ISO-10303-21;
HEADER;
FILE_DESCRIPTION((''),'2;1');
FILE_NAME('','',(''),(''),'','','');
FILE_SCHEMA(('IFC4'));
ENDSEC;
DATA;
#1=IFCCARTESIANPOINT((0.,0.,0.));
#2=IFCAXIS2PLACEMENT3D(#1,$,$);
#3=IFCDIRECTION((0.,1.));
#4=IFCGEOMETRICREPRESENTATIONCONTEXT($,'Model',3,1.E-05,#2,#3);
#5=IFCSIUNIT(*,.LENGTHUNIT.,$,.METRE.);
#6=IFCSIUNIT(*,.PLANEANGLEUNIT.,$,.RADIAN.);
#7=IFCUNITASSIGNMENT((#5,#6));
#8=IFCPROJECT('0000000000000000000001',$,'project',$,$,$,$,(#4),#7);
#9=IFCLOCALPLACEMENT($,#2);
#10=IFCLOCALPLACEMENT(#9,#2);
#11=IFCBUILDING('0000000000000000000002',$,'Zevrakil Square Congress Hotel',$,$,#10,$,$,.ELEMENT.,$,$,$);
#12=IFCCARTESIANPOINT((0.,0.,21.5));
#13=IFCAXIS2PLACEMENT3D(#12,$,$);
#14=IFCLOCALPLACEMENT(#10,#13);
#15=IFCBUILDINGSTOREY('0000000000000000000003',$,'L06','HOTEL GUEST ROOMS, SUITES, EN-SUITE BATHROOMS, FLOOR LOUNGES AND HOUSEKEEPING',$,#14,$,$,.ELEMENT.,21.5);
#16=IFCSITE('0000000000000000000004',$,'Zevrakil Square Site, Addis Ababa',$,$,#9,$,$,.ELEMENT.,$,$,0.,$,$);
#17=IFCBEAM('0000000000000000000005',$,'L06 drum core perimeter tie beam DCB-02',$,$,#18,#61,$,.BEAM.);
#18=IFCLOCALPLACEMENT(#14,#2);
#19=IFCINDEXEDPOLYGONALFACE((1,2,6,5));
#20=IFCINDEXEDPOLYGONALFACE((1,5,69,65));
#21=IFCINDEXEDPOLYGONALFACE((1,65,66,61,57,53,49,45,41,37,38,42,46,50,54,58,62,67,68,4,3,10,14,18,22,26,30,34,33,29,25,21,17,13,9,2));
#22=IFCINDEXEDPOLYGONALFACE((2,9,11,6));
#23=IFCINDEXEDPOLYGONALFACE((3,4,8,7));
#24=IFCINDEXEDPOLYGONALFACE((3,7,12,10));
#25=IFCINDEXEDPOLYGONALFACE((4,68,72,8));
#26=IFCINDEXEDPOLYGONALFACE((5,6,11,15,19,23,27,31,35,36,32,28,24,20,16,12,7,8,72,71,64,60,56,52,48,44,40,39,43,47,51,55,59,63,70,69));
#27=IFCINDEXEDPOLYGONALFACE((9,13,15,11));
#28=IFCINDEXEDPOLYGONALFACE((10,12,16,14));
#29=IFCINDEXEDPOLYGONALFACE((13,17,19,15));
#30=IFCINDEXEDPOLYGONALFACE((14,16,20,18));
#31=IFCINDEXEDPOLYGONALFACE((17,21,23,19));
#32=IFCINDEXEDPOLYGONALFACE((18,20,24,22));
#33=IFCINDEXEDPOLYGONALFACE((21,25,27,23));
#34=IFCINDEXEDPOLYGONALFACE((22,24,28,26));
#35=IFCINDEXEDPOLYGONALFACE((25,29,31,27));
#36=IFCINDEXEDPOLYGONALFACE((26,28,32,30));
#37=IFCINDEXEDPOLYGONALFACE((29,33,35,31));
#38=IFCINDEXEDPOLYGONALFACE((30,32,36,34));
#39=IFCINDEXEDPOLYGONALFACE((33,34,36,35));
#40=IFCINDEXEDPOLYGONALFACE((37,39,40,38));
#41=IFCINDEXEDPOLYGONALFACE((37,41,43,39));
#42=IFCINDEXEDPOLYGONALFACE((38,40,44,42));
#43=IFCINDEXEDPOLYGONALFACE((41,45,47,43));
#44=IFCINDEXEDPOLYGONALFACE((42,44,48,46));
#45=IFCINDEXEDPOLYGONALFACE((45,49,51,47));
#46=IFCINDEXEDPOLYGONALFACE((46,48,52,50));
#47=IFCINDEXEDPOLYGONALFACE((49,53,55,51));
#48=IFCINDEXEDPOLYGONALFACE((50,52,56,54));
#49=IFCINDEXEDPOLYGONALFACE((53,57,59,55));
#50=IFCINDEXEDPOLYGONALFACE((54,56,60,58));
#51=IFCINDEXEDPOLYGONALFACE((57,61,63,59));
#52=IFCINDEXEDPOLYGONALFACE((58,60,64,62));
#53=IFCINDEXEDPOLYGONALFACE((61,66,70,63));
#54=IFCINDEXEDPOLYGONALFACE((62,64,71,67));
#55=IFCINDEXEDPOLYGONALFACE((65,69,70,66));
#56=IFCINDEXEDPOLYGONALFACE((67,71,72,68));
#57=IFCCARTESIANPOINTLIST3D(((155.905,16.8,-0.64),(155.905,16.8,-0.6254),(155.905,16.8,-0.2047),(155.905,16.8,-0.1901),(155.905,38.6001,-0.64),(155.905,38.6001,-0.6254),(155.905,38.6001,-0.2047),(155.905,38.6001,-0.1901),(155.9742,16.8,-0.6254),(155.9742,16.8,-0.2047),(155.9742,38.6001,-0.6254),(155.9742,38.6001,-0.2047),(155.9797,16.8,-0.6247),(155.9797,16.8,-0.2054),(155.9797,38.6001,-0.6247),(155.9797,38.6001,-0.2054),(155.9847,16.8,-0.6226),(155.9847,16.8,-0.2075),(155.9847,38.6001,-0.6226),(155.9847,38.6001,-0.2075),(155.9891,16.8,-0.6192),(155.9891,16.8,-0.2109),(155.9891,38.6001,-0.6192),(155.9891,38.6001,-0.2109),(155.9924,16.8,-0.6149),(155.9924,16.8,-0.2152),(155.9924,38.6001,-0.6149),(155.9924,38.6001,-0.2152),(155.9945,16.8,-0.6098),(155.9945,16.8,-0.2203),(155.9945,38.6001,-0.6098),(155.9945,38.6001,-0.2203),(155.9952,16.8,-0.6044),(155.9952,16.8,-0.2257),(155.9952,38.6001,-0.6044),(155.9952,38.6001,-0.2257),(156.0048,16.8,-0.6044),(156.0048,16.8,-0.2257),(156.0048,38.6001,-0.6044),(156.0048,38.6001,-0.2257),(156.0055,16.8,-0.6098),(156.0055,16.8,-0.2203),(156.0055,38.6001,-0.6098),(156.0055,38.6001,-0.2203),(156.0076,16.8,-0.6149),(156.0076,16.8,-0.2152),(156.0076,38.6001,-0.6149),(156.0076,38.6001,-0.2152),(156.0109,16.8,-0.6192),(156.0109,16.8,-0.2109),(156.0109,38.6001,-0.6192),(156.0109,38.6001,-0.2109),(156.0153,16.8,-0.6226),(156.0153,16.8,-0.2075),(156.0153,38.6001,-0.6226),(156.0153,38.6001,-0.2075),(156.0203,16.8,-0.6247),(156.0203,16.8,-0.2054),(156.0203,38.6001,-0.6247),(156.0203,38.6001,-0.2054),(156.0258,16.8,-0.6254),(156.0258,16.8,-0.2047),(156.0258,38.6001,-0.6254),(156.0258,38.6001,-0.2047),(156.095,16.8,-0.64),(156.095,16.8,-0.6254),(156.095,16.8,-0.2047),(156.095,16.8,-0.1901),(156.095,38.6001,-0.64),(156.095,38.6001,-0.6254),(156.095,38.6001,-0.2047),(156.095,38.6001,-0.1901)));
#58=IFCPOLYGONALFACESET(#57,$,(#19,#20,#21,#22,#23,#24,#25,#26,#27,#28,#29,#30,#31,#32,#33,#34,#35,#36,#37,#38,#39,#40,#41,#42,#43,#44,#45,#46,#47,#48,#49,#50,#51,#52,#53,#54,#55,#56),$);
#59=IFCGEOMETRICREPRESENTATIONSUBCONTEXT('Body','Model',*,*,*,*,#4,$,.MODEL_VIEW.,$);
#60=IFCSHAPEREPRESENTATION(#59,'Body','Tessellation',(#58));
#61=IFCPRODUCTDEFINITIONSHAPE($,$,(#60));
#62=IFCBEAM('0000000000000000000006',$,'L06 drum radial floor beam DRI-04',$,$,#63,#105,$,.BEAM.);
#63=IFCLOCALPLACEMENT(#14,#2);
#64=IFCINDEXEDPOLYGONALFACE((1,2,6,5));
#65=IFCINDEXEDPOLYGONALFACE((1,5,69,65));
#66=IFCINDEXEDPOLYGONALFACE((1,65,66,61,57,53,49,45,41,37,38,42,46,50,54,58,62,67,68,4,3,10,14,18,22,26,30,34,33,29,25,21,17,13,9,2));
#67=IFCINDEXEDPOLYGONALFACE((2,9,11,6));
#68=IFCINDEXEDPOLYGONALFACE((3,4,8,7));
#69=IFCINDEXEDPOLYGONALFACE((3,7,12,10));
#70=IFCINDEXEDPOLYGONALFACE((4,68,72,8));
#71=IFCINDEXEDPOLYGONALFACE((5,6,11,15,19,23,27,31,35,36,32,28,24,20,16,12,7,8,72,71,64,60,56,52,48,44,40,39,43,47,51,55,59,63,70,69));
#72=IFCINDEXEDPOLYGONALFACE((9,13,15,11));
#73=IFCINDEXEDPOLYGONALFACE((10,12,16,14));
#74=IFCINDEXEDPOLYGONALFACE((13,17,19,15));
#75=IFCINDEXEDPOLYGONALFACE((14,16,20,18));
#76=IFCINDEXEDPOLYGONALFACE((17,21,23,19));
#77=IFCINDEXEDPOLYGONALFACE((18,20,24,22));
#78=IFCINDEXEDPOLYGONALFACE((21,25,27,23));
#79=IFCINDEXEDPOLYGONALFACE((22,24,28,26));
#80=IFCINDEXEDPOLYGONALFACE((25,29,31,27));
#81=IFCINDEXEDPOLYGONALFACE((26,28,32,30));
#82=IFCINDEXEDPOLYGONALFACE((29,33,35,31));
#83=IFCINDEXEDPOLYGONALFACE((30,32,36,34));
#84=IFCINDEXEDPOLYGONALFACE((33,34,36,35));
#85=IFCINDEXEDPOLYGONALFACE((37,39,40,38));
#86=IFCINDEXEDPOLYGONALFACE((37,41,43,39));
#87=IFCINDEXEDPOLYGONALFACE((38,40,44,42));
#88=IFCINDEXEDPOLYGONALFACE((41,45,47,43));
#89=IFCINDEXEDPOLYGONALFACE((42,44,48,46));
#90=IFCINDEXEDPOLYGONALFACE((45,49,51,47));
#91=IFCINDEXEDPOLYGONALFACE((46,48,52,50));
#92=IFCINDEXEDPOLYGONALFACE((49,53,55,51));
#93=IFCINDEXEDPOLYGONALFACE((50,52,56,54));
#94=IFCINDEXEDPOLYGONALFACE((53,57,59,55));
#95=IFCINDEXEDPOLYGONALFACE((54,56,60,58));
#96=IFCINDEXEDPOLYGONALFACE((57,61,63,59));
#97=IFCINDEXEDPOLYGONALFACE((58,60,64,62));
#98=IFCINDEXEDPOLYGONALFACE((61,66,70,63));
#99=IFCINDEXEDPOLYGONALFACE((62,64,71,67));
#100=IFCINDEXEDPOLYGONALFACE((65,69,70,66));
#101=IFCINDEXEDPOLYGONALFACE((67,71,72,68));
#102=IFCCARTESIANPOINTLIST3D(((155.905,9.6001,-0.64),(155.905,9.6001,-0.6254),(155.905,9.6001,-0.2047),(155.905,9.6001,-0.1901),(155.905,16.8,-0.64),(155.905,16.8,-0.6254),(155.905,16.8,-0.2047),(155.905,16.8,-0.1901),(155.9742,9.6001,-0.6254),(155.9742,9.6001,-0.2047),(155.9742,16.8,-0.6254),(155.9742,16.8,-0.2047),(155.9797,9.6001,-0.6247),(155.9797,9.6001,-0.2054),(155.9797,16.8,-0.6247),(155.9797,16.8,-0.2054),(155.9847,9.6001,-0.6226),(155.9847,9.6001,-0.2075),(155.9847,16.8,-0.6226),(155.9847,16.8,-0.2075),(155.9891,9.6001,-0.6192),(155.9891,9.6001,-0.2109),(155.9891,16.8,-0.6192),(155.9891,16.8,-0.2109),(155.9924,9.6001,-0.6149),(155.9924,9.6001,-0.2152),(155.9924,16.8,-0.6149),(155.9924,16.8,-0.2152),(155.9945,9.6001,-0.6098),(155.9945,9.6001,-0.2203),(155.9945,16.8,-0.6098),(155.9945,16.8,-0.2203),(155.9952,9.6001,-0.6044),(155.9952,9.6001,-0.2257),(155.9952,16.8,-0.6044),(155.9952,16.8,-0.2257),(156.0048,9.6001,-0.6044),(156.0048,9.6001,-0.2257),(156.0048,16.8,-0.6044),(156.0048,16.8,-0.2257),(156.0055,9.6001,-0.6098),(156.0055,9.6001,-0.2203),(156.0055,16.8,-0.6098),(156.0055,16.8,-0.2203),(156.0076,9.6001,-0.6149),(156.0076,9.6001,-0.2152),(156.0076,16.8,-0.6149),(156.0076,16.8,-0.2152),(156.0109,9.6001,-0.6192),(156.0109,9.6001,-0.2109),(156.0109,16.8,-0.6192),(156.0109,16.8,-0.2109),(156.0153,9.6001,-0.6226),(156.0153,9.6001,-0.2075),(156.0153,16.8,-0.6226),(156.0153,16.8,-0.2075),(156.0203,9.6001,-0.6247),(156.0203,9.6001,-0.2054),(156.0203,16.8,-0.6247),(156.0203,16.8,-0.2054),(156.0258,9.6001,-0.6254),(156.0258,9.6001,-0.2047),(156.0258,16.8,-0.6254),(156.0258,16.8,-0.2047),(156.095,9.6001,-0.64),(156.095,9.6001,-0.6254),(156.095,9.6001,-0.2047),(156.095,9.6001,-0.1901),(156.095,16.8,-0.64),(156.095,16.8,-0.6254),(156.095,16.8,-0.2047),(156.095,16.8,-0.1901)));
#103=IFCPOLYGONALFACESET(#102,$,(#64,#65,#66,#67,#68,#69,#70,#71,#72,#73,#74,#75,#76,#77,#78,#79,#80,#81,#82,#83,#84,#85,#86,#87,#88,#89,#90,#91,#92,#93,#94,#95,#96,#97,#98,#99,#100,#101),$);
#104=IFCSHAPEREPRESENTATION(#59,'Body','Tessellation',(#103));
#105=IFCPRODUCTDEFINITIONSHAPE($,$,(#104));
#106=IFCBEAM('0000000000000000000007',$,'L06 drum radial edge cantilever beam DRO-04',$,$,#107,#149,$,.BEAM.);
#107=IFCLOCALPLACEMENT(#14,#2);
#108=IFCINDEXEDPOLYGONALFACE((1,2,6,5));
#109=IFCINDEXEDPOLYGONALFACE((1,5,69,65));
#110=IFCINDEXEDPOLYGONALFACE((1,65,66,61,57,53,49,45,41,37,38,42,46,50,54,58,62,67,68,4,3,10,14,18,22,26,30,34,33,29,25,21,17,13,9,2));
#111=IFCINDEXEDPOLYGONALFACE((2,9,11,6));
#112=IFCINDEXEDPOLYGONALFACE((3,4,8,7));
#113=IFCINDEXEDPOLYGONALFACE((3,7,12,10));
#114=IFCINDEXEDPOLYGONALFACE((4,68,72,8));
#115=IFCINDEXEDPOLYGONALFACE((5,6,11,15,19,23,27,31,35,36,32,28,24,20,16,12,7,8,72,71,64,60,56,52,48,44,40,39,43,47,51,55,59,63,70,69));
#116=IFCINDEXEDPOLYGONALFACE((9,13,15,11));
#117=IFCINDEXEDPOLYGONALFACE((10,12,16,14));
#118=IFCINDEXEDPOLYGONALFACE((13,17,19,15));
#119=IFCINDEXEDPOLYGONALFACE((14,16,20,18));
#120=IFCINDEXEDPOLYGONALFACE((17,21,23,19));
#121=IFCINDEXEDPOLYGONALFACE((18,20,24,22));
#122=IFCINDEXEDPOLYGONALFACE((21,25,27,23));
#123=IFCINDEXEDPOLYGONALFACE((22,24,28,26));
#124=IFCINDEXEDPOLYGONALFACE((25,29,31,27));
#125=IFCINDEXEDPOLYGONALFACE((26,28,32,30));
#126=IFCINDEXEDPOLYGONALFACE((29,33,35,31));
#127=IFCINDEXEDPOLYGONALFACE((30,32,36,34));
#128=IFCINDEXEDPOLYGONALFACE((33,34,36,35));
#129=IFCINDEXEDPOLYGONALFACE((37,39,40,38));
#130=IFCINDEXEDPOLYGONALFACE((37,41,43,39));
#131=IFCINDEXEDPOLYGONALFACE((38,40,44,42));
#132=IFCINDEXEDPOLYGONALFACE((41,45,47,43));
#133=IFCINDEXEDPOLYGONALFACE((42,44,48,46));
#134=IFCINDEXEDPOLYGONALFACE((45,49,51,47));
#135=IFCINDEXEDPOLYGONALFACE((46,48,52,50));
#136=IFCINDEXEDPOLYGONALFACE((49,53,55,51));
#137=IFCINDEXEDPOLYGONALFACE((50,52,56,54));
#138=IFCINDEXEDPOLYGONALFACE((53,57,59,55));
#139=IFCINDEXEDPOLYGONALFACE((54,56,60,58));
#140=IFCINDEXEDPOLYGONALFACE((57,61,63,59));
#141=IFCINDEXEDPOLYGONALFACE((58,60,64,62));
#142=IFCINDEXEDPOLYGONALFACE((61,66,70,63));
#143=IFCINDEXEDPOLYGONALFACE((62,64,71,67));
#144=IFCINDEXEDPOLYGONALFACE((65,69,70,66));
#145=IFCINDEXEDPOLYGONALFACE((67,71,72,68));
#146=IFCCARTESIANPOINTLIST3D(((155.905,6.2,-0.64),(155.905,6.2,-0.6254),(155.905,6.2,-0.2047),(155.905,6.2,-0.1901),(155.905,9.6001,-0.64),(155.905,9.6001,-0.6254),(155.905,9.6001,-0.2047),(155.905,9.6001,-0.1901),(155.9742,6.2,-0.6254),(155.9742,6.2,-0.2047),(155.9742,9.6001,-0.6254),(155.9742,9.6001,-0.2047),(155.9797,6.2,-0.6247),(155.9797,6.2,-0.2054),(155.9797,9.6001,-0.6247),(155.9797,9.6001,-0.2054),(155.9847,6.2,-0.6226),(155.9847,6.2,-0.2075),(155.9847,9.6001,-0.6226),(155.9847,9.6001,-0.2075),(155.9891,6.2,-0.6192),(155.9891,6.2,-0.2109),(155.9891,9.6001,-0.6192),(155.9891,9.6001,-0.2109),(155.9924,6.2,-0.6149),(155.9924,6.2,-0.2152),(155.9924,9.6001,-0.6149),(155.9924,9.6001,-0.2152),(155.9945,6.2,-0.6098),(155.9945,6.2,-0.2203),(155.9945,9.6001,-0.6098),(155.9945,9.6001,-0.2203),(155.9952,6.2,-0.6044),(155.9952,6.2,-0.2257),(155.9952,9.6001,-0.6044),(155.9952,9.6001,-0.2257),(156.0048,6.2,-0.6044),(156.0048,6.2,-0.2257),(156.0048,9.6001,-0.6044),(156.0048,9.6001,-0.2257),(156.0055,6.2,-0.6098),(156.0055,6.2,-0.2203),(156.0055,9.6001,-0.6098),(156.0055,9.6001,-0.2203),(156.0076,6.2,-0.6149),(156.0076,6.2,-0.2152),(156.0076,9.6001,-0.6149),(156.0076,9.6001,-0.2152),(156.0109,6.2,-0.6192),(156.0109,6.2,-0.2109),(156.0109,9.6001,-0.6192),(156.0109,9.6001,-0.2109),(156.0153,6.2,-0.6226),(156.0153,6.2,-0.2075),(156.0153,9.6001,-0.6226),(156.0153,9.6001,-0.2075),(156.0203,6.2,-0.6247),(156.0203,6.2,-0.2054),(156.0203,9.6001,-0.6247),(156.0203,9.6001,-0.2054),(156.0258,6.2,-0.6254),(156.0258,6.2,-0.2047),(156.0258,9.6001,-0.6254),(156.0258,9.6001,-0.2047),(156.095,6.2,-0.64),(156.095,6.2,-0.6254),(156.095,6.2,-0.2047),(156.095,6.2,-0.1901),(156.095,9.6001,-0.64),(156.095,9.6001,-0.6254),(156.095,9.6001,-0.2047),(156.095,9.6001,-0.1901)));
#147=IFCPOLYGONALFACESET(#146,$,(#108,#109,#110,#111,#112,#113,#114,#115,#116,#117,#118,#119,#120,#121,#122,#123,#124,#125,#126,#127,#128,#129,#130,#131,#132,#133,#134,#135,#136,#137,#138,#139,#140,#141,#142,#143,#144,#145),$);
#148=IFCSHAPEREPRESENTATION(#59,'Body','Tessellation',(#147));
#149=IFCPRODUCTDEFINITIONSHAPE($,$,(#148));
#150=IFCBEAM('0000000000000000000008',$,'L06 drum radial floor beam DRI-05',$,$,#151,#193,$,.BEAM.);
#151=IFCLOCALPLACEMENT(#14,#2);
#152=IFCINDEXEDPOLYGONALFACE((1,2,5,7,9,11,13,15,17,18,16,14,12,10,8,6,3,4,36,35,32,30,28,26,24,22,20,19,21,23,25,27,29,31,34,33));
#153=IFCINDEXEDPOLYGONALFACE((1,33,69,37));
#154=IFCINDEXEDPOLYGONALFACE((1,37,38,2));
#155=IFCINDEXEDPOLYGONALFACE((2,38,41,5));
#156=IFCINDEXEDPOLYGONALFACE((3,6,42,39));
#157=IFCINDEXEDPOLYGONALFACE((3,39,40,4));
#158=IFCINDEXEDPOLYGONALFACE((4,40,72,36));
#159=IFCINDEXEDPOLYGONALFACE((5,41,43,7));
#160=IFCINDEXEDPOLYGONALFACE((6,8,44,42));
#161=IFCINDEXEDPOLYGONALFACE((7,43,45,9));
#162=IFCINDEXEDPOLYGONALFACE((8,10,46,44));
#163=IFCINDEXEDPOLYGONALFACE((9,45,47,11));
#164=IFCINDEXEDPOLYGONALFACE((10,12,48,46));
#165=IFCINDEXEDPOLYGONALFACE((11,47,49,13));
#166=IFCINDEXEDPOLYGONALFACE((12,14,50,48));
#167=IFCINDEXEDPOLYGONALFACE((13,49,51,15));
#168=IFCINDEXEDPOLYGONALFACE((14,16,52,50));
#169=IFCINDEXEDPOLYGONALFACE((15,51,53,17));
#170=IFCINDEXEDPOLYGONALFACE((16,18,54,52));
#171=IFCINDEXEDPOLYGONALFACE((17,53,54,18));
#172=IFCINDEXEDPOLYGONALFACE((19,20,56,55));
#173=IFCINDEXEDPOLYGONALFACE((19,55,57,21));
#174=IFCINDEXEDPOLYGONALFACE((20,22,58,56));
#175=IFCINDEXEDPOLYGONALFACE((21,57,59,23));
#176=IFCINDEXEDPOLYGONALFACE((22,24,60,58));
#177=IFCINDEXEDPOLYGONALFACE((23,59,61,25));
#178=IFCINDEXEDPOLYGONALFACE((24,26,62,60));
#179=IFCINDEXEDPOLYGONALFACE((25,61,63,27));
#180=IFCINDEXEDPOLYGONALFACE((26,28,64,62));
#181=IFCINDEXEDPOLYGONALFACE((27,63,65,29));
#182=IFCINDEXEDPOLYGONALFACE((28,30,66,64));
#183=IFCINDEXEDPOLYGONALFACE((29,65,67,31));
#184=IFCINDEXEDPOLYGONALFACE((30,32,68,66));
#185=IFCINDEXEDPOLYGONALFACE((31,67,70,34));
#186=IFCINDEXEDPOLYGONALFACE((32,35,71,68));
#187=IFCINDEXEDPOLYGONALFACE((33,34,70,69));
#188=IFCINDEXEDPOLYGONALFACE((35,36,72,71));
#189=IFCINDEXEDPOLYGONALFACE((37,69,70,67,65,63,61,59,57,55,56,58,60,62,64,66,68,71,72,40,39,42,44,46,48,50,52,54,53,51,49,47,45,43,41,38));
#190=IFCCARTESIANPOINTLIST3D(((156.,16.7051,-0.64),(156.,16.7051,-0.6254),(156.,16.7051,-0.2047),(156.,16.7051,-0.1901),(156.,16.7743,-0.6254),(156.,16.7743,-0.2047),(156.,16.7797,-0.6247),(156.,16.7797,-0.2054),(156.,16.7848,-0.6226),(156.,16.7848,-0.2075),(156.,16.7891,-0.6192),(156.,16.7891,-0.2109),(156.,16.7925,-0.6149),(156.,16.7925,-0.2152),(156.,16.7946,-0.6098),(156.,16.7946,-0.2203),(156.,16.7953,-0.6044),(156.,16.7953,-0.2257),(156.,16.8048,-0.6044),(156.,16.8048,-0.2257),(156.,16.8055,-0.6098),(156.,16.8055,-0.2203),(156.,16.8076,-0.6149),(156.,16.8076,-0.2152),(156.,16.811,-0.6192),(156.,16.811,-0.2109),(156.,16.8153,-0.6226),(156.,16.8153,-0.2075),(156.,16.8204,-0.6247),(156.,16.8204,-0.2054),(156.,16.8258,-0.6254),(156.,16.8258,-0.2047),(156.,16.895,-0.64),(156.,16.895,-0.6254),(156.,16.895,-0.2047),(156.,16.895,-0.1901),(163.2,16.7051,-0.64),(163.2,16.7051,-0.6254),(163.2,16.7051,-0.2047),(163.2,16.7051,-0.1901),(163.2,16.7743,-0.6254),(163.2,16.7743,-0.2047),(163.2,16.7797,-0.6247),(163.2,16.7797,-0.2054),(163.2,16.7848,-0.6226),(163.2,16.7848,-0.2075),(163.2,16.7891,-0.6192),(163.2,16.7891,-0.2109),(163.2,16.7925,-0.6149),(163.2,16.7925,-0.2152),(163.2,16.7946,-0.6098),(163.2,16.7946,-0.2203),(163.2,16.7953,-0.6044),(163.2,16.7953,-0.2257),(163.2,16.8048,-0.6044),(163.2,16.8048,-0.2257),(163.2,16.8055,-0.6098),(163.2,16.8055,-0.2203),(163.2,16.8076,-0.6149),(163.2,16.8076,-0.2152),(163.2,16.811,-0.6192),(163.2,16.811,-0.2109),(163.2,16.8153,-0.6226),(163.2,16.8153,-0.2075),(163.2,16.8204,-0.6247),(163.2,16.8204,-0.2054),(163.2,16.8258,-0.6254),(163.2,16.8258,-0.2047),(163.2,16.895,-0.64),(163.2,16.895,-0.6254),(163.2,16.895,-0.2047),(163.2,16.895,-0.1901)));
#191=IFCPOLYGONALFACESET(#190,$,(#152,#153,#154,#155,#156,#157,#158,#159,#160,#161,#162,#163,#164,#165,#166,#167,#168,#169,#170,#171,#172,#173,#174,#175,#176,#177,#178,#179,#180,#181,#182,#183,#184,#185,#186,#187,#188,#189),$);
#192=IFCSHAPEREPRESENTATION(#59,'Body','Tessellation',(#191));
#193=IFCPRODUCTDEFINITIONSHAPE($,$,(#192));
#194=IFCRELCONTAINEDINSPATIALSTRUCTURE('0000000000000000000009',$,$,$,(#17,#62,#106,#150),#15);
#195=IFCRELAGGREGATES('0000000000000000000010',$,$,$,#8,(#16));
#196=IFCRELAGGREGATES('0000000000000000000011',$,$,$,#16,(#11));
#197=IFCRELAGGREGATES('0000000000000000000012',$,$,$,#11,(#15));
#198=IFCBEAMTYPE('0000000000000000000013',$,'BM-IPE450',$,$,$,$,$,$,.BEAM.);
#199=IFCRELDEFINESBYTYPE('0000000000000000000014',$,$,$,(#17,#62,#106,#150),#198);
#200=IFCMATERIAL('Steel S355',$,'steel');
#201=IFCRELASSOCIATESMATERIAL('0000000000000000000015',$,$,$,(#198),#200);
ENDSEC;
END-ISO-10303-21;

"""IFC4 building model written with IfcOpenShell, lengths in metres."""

from ifc_helpers import new_model, si_unit, direction, frame, origin, origin_2d, place, context, subcontext, project, spatial, i_section, extrude, material, material_profile, profile_set, type_object, element, save


model = new_model("IFC4")

# Units and contexts
model_context = context("Model", 3, precision=1e-05, world=origin(), true_north=direction((0.0, 1.0)))
body_context = subcontext(model_context, "Body", "Model", "MODEL_VIEW")
ifc_project = project(units=[si_unit("LENGTHUNIT", "METRE"), si_unit("PLANEANGLEUNIT", "RADIAN")], contexts=[model_context])

# Site, building, storey
site_placement = place(None, origin())
site = spatial("IfcSite", under=ifc_project, at=site_placement, Name="Zevrakil Square Site, Addis Ababa", CompositionType="ELEMENT", RefElevation=0.0)
building_placement = place(site_placement, origin())
building = spatial("IfcBuilding", under=site, at=building_placement, Name="Zevrakil Square Congress Hotel", CompositionType="ELEMENT")
storey_placement = place(building_placement, frame((0.0, 0.0, 21.5)))
storey = spatial("IfcBuildingStorey", under=building, at=storey_placement, Name="L06", Description="HOTEL GUEST ROOMS, SUITES, EN-SUITE BATHROOMS, FLOOR LOUNGES AND HOUSEKEEPING", CompositionType="ELEMENT", Elevation=21.5)

# Beams
ifc_material_1 = material(Name="Steel S355", Category="steel")
ifc_material_profile_1 = material_profile(ifc_material_1, i_section(OverallWidth=0.1899, OverallDepth=0.45, WebThickness=0.0095, FlangeThickness=0.0146, FilletRadius=0.021, at=origin_2d()), Name="IPE 450")
ifc_profile_set_1 = profile_set([ifc_material_profile_1], Name="Steel S355")
beam_type_1 = type_object("IfcBeamType", Name="BM-IPE450", PredefinedType="BEAM", material=ifc_profile_set_1)
beam_1_placement = place(storey_placement, frame((156.0, 16.8, -0.415), z_axis=(0.0, 1.0, 0.0), x_axis=(-1.0, 0.0, 0.0)))
element("IfcBeam", 1, at=beam_1_placement, inside=storey, type_object=beam_type_1, Name="L06 drum core perimeter tie beam DCB-02", PredefinedType="BEAM", context=body_context, shape_type="SweptSolid", body=[
    extrude(i_section(OverallWidth=0.1899, OverallDepth=0.45, WebThickness=0.0095, FlangeThickness=0.0146, FilletRadius=0.021, at=origin_2d()), origin(), (0.0, 0.0, 1.0), 21.8),
])
beam_2_placement = place(storey_placement, frame((156.0, 16.8, -0.415), z_axis=(0.0, -1.0, 0.0), x_axis=(1.0, 0.0, 0.0)))
element("IfcBeam", 2, at=beam_2_placement, inside=storey, type_object=beam_type_1, Name="L06 drum radial floor beam DRI-04", PredefinedType="BEAM", context=body_context, shape_type="SweptSolid", body=[
    extrude(i_section(OverallWidth=0.1899, OverallDepth=0.45, WebThickness=0.0095, FlangeThickness=0.0146, FilletRadius=0.021, at=origin_2d()), origin(), (0.0, 0.0, 1.0), 7.2),
])
beam_3_placement = place(storey_placement, frame((156.0, 9.6001, -0.415), z_axis=(0.0, -1.0, 0.0), x_axis=(1.0, 0.0, 0.0)))
element("IfcBeam", 3, at=beam_3_placement, inside=storey, type_object=beam_type_1, Name="L06 drum radial edge cantilever beam DRO-04", PredefinedType="BEAM", context=body_context, shape_type="SweptSolid", body=[
    extrude(i_section(OverallWidth=0.1899, OverallDepth=0.45, WebThickness=0.0095, FlangeThickness=0.0146, FilletRadius=0.021, at=origin_2d()), origin(), (0.0, 0.0, 1.0), 3.4001),
])
beam_4_placement = place(storey_placement, frame((156.0, 16.8, -0.415), z_axis=(1.0, 0.0, 0.0), x_axis=(0.0, 1.0, 0.0)))
element("IfcBeam", 4, at=beam_4_placement, inside=storey, type_object=beam_type_1, Name="L06 drum radial floor beam DRI-05", PredefinedType="BEAM", context=body_context, shape_type="SweptSolid", body=[
    extrude(i_section(OverallWidth=0.1899, OverallDepth=0.45, WebThickness=0.0095, FlangeThickness=0.0146, FilletRadius=0.021, at=origin_2d()), origin(), (0.0, 0.0, 1.0), 7.2),
])

save(model, "model.ifc")
